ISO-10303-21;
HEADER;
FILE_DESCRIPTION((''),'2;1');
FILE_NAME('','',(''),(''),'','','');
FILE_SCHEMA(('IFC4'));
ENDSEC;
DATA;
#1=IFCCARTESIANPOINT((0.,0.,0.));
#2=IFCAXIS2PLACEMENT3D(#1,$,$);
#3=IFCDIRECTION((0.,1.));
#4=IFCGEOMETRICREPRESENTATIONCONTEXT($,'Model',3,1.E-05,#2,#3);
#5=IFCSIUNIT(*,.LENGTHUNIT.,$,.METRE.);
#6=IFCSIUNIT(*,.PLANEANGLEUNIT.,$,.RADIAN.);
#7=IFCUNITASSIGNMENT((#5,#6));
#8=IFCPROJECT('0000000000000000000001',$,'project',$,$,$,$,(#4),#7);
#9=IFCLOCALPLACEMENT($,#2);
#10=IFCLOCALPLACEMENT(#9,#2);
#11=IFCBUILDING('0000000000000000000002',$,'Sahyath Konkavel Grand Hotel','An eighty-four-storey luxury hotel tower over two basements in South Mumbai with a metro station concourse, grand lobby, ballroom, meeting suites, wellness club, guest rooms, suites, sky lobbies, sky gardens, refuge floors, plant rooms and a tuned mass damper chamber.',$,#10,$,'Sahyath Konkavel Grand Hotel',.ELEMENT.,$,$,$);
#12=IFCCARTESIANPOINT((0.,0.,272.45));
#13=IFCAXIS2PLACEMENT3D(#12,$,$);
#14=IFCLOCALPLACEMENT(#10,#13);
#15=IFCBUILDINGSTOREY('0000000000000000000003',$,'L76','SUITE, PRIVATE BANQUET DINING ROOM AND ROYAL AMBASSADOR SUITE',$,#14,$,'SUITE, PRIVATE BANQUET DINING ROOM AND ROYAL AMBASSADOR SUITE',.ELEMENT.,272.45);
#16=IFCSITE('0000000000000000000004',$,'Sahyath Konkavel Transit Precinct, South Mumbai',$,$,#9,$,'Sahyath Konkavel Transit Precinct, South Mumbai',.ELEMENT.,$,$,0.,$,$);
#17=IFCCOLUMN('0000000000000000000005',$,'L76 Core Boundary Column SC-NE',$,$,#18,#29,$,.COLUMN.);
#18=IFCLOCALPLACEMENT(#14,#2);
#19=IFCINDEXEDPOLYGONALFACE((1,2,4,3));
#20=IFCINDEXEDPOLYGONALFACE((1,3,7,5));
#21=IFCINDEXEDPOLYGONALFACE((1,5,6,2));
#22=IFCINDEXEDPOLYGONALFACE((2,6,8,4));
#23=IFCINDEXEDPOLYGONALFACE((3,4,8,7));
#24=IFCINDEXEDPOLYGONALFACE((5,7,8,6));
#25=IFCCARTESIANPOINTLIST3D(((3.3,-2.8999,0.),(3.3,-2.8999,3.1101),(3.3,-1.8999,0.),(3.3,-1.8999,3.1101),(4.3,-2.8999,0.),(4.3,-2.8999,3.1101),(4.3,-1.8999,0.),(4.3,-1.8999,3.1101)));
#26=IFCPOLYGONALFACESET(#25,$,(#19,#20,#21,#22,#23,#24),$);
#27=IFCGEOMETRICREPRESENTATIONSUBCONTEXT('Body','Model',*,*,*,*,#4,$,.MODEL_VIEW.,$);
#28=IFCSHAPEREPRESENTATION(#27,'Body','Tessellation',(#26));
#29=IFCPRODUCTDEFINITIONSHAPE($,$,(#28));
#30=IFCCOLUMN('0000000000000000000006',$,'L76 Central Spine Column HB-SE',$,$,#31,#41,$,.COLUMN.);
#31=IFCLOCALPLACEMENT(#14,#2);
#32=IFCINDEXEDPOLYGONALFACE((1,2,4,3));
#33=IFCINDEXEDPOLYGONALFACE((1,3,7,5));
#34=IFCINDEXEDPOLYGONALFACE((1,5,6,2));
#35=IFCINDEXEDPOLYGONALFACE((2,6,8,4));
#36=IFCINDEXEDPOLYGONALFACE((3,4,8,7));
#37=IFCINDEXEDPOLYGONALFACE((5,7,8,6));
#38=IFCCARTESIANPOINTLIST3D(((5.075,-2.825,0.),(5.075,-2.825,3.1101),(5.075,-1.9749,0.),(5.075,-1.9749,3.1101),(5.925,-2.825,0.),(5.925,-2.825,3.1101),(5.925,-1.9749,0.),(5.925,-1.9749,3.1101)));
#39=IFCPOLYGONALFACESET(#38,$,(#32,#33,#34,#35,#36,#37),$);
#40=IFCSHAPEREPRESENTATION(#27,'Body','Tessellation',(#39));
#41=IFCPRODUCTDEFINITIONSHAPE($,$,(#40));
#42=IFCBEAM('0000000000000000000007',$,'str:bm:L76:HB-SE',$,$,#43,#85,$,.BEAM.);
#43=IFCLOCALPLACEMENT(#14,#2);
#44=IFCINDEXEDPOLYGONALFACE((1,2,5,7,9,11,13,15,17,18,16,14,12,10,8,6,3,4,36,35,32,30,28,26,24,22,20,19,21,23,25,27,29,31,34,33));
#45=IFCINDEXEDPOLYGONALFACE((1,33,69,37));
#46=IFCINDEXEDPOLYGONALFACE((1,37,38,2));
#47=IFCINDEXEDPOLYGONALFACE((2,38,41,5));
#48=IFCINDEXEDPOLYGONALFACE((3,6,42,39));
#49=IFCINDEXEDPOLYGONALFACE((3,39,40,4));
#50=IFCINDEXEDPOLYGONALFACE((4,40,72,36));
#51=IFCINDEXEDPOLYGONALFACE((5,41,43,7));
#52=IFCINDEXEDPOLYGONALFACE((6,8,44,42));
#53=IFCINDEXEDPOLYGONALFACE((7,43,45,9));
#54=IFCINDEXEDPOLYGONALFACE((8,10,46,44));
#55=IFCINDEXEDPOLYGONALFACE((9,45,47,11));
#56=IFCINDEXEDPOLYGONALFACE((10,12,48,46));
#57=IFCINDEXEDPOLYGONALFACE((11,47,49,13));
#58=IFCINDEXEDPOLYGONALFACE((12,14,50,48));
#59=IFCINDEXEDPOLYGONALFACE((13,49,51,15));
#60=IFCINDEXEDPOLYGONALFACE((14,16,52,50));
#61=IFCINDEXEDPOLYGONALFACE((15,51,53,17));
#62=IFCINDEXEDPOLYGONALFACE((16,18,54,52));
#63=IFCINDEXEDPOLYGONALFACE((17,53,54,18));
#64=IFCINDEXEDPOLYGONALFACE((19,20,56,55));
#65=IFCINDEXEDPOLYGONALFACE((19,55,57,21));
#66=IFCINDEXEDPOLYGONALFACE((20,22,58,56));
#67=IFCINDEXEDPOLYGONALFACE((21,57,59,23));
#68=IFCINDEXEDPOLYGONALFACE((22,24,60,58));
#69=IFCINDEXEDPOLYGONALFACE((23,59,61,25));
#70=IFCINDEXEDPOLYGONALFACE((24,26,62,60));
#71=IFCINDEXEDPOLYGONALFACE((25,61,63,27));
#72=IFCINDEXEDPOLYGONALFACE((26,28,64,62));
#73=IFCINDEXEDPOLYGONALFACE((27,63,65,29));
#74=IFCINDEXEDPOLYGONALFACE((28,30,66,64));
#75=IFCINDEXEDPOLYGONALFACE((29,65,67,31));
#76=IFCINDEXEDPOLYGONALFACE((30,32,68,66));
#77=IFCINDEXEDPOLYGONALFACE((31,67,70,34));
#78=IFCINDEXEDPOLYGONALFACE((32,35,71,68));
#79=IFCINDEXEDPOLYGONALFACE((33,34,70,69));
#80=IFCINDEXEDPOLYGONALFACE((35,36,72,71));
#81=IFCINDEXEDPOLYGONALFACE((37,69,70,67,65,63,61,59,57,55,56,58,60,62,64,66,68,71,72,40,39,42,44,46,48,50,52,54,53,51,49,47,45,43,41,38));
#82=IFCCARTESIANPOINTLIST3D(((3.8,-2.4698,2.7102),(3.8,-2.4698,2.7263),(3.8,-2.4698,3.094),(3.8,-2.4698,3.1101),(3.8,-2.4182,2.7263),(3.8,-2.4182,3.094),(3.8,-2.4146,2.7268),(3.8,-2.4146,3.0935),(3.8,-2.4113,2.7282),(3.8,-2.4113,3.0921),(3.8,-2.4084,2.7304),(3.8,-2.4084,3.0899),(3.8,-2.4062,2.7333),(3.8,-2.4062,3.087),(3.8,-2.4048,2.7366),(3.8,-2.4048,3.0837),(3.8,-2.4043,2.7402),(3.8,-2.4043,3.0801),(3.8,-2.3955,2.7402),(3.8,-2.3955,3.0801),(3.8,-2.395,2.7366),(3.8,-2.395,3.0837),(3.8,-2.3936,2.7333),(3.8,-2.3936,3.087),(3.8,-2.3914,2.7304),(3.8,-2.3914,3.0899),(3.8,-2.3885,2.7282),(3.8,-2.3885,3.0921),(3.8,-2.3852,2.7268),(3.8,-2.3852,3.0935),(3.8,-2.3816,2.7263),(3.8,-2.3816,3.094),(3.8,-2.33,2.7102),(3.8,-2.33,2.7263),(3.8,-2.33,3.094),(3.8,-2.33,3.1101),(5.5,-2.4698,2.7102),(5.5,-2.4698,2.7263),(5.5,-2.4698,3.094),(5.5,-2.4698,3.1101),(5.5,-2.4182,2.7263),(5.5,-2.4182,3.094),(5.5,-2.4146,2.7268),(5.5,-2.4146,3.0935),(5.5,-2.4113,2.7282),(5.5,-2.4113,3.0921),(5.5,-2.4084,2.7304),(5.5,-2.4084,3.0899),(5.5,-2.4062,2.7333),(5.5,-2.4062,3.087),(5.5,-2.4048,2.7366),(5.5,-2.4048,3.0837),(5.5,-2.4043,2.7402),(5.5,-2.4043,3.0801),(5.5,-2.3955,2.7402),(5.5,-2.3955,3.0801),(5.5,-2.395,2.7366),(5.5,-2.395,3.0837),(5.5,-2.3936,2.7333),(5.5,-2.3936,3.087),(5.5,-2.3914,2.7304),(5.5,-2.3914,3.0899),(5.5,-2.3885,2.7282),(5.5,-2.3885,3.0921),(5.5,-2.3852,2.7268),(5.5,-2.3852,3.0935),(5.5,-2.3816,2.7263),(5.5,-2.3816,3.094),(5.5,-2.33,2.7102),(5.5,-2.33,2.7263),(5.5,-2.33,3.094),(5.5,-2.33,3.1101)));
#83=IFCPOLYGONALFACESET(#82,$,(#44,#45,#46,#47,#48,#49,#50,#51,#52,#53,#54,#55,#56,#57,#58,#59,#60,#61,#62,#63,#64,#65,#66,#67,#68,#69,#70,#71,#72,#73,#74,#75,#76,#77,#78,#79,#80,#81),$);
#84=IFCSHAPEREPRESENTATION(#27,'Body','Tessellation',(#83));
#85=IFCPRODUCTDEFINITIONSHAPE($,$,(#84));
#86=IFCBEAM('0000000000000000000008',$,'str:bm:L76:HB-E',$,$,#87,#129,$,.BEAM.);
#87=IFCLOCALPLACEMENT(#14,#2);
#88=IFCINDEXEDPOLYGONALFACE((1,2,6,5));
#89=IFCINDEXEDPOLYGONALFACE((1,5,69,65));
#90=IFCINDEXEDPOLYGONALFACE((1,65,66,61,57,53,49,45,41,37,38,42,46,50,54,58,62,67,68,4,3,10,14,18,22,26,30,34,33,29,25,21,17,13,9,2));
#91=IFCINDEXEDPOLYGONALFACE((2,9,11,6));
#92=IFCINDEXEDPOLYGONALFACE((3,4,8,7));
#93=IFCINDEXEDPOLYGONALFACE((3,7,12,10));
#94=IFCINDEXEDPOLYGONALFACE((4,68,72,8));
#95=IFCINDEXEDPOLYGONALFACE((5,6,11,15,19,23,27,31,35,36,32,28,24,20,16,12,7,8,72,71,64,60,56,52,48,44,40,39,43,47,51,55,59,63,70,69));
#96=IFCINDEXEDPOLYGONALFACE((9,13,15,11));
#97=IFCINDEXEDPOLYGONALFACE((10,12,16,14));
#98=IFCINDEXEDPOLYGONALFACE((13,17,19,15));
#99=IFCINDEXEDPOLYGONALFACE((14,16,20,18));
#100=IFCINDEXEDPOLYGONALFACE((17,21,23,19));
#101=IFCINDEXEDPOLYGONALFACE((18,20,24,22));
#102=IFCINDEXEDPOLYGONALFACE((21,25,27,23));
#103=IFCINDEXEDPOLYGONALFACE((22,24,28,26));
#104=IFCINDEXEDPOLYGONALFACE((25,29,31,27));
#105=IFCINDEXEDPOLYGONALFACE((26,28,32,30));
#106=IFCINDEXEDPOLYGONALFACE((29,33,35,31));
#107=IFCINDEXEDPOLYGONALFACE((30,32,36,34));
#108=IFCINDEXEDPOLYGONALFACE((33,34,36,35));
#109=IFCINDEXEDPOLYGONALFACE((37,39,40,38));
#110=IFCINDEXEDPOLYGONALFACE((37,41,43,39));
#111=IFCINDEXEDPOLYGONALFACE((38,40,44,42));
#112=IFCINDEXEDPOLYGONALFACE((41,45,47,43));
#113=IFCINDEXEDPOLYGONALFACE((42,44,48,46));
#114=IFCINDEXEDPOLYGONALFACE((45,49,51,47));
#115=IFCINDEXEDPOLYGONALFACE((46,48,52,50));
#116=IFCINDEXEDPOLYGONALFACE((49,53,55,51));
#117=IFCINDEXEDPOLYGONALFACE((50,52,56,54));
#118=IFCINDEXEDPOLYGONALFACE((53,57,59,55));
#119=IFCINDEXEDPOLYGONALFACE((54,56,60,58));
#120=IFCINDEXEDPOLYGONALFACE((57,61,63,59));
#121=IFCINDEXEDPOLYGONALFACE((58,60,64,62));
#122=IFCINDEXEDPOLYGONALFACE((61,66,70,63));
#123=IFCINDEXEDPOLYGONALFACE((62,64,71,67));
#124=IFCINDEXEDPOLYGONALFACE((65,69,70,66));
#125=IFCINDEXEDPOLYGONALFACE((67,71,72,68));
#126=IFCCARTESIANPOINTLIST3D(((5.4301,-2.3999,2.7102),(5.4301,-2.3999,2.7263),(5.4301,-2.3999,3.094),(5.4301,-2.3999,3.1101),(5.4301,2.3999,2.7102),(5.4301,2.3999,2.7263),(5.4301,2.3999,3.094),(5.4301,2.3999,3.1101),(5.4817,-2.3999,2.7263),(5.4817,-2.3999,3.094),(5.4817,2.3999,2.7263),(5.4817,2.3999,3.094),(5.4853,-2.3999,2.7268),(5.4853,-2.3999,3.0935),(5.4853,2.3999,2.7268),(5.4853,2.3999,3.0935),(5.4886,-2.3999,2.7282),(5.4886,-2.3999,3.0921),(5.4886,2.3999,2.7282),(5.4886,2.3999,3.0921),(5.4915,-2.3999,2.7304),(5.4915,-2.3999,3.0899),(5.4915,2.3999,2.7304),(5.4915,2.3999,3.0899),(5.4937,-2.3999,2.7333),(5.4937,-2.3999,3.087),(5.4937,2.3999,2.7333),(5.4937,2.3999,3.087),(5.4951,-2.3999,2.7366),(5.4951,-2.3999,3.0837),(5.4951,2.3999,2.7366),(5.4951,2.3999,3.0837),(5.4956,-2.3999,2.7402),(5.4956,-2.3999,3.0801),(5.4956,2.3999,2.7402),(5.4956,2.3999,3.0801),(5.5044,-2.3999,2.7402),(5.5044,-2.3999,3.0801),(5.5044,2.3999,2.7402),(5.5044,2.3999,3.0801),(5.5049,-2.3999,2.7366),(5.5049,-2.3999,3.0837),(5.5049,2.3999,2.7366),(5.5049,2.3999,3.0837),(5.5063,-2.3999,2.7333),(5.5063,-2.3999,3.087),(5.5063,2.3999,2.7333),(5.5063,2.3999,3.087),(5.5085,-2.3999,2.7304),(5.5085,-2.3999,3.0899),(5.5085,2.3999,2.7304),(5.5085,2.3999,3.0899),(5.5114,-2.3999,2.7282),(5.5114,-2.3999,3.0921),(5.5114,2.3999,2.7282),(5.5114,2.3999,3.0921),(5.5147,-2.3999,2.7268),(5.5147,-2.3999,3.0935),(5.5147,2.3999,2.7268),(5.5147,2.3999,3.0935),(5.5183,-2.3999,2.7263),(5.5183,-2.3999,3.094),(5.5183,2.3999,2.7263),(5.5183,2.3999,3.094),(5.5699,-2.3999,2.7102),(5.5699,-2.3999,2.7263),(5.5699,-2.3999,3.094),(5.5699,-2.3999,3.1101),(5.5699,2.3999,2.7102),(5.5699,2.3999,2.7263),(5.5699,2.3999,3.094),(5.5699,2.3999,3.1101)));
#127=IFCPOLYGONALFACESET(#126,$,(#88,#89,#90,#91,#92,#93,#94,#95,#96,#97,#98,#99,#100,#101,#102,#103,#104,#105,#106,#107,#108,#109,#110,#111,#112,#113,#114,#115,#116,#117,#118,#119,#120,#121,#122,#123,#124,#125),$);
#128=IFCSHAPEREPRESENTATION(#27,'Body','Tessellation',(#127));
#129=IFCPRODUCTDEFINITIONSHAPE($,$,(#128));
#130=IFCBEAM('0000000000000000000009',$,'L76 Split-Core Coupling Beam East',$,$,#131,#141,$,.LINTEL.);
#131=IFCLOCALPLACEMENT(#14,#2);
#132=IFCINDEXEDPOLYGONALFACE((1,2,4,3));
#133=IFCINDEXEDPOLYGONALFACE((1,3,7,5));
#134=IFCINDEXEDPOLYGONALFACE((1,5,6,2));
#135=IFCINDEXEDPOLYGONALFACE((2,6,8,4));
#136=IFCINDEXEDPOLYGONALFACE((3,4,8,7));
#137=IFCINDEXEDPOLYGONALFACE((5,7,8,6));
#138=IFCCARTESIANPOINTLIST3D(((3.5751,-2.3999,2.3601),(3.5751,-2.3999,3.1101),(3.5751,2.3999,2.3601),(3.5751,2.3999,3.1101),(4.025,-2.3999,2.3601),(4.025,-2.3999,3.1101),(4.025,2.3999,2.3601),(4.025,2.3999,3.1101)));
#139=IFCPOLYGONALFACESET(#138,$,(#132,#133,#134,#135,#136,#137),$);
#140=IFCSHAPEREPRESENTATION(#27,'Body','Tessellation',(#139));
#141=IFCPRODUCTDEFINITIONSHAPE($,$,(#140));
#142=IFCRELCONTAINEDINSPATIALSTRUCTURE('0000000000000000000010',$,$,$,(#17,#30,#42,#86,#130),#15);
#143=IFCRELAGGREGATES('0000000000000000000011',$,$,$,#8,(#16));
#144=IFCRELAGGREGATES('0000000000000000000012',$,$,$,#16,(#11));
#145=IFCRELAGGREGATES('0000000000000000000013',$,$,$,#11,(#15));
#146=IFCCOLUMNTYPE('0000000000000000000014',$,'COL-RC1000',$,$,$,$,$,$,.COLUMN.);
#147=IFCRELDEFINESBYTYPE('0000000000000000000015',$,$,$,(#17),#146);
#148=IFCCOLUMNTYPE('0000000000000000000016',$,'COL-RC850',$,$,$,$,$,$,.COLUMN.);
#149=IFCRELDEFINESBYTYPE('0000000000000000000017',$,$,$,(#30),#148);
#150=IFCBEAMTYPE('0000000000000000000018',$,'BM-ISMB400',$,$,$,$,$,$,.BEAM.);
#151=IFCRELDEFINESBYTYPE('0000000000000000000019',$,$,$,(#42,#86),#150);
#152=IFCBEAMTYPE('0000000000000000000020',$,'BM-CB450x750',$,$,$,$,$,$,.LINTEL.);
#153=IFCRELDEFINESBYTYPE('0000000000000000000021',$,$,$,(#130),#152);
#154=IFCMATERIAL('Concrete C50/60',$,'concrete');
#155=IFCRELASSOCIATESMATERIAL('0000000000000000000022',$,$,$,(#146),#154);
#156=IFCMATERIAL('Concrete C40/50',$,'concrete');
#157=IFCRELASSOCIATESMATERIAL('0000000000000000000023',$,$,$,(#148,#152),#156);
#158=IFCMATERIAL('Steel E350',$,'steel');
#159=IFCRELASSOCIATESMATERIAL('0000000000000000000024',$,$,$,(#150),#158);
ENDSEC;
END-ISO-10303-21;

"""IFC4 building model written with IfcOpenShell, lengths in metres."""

from ifc_helpers import new_model, si_unit, direction, frame, origin, origin_2d, place, context, subcontext, project, spatial, rectangle, i_section, extrude, source, transform, mapped, material, material_profile, profile_set, type_object, element, save


model = new_model("IFC4")

# Units and contexts
model_context = context("Model", 3, precision=1e-05, world=origin(), true_north=direction((0.0, 1.0)))
body_context = subcontext(model_context, "Body", "Model", "MODEL_VIEW")
ifc_project = project(units=[si_unit("LENGTHUNIT", "METRE"), si_unit("PLANEANGLEUNIT", "RADIAN")], contexts=[model_context])

# Site, building, storey
site_placement = place(None, origin())
site = spatial("IfcSite", under=ifc_project, at=site_placement, Name="Sahyath Konkavel Transit Precinct, South Mumbai", LongName="Sahyath Konkavel Transit Precinct, South Mumbai", CompositionType="ELEMENT", RefElevation=0.0)
building_placement = place(site_placement, origin())
building = spatial("IfcBuilding", under=site, at=building_placement, Name="Sahyath Konkavel Grand Hotel", Description="An eighty-four-storey luxury hotel tower over two basements in South Mumbai with a metro station concourse, grand lobby, ballroom, meeting suites, wellness club, guest rooms, suites, sky lobbies, sky gardens, refuge floors, plant rooms and a tuned mass damper chamber.", LongName="Sahyath Konkavel Grand Hotel", CompositionType="ELEMENT")
storey_placement = place(building_placement, frame((0.0, 0.0, 272.45)))
storey = spatial("IfcBuildingStorey", under=building, at=storey_placement, Name="L76", Description="SUITE, PRIVATE BANQUET DINING ROOM AND ROYAL AMBASSADOR SUITE", LongName="SUITE, PRIVATE BANQUET DINING ROOM AND ROYAL AMBASSADOR SUITE", CompositionType="ELEMENT", Elevation=272.45)

# Columns
ifc_material_1 = material(Name="Concrete C50/60", Category="concrete")
ifc_material_profile_1 = material_profile(ifc_material_1, rectangle(XDim=1.0, YDim=1.0, at=origin_2d()), Name="RC 1000x1000")
ifc_profile_set_1 = profile_set([ifc_material_profile_1], Name="Concrete C50/60")
column_type_1 = type_object("IfcColumnType", Name="COL-RC1000", PredefinedType="COLUMN", material=ifc_profile_set_1)
shared_shape_1 = source(origin(), body_context, "Body", "SweptSolid", [
    extrude(rectangle(XDim=1.0, YDim=1.0, at=origin_2d()), origin(), (0.0, 0.0, 1.0), 3.1101),
])
column_1_placement = place(storey_placement, frame((3.8, -2.3999, 0.0), z_axis=(0.0, 0.0, 1.0), x_axis=(1.0, 0.0, 0.0)))
element("IfcColumn", 1, at=column_1_placement, inside=storey, type_object=column_type_1, Name="L76 Core Boundary Column SC-NE", PredefinedType="COLUMN", context=body_context, shape_type="MappedRepresentation", body=[
    mapped(shared_shape_1, transform((0.0, 0.0, 0.0), scale=1.0)),
])
ifc_material_2 = material(Name="Concrete C40/50", Category="concrete")
ifc_material_profile_2 = material_profile(ifc_material_2, rectangle(XDim=0.8501, YDim=0.8501, at=origin_2d()), Name="RC 850x850")
ifc_profile_set_2 = profile_set([ifc_material_profile_2], Name="Concrete C40/50")
column_type_2 = type_object("IfcColumnType", Name="COL-RC850", PredefinedType="COLUMN", material=ifc_profile_set_2)
shared_shape_2 = source(origin(), body_context, "Body", "SweptSolid", [
    extrude(rectangle(XDim=0.8501, YDim=0.8501, at=origin_2d()), origin(), (0.0, 0.0, 1.0), 3.1101),
])
column_2_placement = place(storey_placement, frame((5.5, -2.3999, 0.0), z_axis=(0.0, 0.0, 1.0), x_axis=(1.0, 0.0, 0.0)))
element("IfcColumn", 2, at=column_2_placement, inside=storey, type_object=column_type_2, Name="L76 Central Spine Column HB-SE", PredefinedType="COLUMN", context=body_context, shape_type="MappedRepresentation", body=[
    mapped(shared_shape_2, transform((0.0, 0.0, 0.0), scale=1.0)),
])

# Beams
ifc_material_3 = material(Name="Steel E350", Category="steel")
ifc_material_profile_3 = material_profile(ifc_material_3, i_section(OverallWidth=0.1399, OverallDepth=0.3999, WebThickness=0.0088, FlangeThickness=0.0161, FilletRadius=0.0139, at=origin_2d()), Name="ISMB 400")
ifc_profile_set_3 = profile_set([ifc_material_profile_3], Name="Steel E350")
beam_type_1 = type_object("IfcBeamType", Name="BM-ISMB400", PredefinedType="BEAM", material=ifc_profile_set_3)
shared_shape_3 = source(origin(), body_context, "Body", "SweptSolid", [
    extrude(i_section(OverallWidth=0.1399, OverallDepth=0.3999, WebThickness=0.0088, FlangeThickness=0.0161, FilletRadius=0.0139, at=origin_2d()), origin(), (0.0, 0.0, 1.0), 1.7),
])
beam_1_placement = place(storey_placement, frame((3.8, -2.3999, 2.9102), z_axis=(1.0, 0.0, 0.0), x_axis=(0.0, 1.0, 0.0)))
element("IfcBeam", 3, at=beam_1_placement, inside=storey, type_object=beam_type_1, Name="str:bm:L76:HB-SE", PredefinedType="BEAM", context=body_context, shape_type="MappedRepresentation", body=[
    mapped(shared_shape_3, transform((0.0, 0.0, 0.0), scale=1.0)),
])
shared_shape_4 = source(origin(), body_context, "Body", "SweptSolid", [
    extrude(i_section(OverallWidth=0.1399, OverallDepth=0.3999, WebThickness=0.0088, FlangeThickness=0.0161, FilletRadius=0.0139, at=origin_2d()), origin(), (0.0, 0.0, 1.0), 4.7998),
])
beam_2_placement = place(storey_placement, frame((5.5, -2.3999, 2.9102), z_axis=(0.0, 1.0, 0.0), x_axis=(-1.0, 0.0, 0.0)))
element("IfcBeam", 4, at=beam_2_placement, inside=storey, type_object=beam_type_1, Name="str:bm:L76:HB-E", PredefinedType="BEAM", context=body_context, shape_type="MappedRepresentation", body=[
    mapped(shared_shape_4, transform((0.0, 0.0, 0.0), scale=1.0)),
])
ifc_material_profile_4 = material_profile(ifc_material_2, rectangle(XDim=0.45, YDim=0.75, at=origin_2d()), Name="RC 450x750")
ifc_profile_set_4 = profile_set([ifc_material_profile_4], Name="Concrete C40/50")
beam_type_2 = type_object("IfcBeamType", Name="BM-CB450x750", PredefinedType="LINTEL", material=ifc_profile_set_4)
shared_shape_5 = source(origin(), body_context, "Body", "SweptSolid", [
    extrude(rectangle(XDim=0.45, YDim=0.75, at=origin_2d()), origin(), (0.0, 0.0, 1.0), 4.7998),
])
beam_3_placement = place(storey_placement, frame((3.8, -2.3999, 2.7351), z_axis=(0.0, 1.0, 0.0), x_axis=(-1.0, 0.0, 0.0)))
element("IfcBeam", 5, at=beam_3_placement, inside=storey, type_object=beam_type_2, Name="L76 Split-Core Coupling Beam East", PredefinedType="LINTEL", context=body_context, shape_type="MappedRepresentation", body=[
    mapped(shared_shape_5, transform((0.0, 0.0, 0.0), scale=1.0)),
])

save(model, "model.ifc")
